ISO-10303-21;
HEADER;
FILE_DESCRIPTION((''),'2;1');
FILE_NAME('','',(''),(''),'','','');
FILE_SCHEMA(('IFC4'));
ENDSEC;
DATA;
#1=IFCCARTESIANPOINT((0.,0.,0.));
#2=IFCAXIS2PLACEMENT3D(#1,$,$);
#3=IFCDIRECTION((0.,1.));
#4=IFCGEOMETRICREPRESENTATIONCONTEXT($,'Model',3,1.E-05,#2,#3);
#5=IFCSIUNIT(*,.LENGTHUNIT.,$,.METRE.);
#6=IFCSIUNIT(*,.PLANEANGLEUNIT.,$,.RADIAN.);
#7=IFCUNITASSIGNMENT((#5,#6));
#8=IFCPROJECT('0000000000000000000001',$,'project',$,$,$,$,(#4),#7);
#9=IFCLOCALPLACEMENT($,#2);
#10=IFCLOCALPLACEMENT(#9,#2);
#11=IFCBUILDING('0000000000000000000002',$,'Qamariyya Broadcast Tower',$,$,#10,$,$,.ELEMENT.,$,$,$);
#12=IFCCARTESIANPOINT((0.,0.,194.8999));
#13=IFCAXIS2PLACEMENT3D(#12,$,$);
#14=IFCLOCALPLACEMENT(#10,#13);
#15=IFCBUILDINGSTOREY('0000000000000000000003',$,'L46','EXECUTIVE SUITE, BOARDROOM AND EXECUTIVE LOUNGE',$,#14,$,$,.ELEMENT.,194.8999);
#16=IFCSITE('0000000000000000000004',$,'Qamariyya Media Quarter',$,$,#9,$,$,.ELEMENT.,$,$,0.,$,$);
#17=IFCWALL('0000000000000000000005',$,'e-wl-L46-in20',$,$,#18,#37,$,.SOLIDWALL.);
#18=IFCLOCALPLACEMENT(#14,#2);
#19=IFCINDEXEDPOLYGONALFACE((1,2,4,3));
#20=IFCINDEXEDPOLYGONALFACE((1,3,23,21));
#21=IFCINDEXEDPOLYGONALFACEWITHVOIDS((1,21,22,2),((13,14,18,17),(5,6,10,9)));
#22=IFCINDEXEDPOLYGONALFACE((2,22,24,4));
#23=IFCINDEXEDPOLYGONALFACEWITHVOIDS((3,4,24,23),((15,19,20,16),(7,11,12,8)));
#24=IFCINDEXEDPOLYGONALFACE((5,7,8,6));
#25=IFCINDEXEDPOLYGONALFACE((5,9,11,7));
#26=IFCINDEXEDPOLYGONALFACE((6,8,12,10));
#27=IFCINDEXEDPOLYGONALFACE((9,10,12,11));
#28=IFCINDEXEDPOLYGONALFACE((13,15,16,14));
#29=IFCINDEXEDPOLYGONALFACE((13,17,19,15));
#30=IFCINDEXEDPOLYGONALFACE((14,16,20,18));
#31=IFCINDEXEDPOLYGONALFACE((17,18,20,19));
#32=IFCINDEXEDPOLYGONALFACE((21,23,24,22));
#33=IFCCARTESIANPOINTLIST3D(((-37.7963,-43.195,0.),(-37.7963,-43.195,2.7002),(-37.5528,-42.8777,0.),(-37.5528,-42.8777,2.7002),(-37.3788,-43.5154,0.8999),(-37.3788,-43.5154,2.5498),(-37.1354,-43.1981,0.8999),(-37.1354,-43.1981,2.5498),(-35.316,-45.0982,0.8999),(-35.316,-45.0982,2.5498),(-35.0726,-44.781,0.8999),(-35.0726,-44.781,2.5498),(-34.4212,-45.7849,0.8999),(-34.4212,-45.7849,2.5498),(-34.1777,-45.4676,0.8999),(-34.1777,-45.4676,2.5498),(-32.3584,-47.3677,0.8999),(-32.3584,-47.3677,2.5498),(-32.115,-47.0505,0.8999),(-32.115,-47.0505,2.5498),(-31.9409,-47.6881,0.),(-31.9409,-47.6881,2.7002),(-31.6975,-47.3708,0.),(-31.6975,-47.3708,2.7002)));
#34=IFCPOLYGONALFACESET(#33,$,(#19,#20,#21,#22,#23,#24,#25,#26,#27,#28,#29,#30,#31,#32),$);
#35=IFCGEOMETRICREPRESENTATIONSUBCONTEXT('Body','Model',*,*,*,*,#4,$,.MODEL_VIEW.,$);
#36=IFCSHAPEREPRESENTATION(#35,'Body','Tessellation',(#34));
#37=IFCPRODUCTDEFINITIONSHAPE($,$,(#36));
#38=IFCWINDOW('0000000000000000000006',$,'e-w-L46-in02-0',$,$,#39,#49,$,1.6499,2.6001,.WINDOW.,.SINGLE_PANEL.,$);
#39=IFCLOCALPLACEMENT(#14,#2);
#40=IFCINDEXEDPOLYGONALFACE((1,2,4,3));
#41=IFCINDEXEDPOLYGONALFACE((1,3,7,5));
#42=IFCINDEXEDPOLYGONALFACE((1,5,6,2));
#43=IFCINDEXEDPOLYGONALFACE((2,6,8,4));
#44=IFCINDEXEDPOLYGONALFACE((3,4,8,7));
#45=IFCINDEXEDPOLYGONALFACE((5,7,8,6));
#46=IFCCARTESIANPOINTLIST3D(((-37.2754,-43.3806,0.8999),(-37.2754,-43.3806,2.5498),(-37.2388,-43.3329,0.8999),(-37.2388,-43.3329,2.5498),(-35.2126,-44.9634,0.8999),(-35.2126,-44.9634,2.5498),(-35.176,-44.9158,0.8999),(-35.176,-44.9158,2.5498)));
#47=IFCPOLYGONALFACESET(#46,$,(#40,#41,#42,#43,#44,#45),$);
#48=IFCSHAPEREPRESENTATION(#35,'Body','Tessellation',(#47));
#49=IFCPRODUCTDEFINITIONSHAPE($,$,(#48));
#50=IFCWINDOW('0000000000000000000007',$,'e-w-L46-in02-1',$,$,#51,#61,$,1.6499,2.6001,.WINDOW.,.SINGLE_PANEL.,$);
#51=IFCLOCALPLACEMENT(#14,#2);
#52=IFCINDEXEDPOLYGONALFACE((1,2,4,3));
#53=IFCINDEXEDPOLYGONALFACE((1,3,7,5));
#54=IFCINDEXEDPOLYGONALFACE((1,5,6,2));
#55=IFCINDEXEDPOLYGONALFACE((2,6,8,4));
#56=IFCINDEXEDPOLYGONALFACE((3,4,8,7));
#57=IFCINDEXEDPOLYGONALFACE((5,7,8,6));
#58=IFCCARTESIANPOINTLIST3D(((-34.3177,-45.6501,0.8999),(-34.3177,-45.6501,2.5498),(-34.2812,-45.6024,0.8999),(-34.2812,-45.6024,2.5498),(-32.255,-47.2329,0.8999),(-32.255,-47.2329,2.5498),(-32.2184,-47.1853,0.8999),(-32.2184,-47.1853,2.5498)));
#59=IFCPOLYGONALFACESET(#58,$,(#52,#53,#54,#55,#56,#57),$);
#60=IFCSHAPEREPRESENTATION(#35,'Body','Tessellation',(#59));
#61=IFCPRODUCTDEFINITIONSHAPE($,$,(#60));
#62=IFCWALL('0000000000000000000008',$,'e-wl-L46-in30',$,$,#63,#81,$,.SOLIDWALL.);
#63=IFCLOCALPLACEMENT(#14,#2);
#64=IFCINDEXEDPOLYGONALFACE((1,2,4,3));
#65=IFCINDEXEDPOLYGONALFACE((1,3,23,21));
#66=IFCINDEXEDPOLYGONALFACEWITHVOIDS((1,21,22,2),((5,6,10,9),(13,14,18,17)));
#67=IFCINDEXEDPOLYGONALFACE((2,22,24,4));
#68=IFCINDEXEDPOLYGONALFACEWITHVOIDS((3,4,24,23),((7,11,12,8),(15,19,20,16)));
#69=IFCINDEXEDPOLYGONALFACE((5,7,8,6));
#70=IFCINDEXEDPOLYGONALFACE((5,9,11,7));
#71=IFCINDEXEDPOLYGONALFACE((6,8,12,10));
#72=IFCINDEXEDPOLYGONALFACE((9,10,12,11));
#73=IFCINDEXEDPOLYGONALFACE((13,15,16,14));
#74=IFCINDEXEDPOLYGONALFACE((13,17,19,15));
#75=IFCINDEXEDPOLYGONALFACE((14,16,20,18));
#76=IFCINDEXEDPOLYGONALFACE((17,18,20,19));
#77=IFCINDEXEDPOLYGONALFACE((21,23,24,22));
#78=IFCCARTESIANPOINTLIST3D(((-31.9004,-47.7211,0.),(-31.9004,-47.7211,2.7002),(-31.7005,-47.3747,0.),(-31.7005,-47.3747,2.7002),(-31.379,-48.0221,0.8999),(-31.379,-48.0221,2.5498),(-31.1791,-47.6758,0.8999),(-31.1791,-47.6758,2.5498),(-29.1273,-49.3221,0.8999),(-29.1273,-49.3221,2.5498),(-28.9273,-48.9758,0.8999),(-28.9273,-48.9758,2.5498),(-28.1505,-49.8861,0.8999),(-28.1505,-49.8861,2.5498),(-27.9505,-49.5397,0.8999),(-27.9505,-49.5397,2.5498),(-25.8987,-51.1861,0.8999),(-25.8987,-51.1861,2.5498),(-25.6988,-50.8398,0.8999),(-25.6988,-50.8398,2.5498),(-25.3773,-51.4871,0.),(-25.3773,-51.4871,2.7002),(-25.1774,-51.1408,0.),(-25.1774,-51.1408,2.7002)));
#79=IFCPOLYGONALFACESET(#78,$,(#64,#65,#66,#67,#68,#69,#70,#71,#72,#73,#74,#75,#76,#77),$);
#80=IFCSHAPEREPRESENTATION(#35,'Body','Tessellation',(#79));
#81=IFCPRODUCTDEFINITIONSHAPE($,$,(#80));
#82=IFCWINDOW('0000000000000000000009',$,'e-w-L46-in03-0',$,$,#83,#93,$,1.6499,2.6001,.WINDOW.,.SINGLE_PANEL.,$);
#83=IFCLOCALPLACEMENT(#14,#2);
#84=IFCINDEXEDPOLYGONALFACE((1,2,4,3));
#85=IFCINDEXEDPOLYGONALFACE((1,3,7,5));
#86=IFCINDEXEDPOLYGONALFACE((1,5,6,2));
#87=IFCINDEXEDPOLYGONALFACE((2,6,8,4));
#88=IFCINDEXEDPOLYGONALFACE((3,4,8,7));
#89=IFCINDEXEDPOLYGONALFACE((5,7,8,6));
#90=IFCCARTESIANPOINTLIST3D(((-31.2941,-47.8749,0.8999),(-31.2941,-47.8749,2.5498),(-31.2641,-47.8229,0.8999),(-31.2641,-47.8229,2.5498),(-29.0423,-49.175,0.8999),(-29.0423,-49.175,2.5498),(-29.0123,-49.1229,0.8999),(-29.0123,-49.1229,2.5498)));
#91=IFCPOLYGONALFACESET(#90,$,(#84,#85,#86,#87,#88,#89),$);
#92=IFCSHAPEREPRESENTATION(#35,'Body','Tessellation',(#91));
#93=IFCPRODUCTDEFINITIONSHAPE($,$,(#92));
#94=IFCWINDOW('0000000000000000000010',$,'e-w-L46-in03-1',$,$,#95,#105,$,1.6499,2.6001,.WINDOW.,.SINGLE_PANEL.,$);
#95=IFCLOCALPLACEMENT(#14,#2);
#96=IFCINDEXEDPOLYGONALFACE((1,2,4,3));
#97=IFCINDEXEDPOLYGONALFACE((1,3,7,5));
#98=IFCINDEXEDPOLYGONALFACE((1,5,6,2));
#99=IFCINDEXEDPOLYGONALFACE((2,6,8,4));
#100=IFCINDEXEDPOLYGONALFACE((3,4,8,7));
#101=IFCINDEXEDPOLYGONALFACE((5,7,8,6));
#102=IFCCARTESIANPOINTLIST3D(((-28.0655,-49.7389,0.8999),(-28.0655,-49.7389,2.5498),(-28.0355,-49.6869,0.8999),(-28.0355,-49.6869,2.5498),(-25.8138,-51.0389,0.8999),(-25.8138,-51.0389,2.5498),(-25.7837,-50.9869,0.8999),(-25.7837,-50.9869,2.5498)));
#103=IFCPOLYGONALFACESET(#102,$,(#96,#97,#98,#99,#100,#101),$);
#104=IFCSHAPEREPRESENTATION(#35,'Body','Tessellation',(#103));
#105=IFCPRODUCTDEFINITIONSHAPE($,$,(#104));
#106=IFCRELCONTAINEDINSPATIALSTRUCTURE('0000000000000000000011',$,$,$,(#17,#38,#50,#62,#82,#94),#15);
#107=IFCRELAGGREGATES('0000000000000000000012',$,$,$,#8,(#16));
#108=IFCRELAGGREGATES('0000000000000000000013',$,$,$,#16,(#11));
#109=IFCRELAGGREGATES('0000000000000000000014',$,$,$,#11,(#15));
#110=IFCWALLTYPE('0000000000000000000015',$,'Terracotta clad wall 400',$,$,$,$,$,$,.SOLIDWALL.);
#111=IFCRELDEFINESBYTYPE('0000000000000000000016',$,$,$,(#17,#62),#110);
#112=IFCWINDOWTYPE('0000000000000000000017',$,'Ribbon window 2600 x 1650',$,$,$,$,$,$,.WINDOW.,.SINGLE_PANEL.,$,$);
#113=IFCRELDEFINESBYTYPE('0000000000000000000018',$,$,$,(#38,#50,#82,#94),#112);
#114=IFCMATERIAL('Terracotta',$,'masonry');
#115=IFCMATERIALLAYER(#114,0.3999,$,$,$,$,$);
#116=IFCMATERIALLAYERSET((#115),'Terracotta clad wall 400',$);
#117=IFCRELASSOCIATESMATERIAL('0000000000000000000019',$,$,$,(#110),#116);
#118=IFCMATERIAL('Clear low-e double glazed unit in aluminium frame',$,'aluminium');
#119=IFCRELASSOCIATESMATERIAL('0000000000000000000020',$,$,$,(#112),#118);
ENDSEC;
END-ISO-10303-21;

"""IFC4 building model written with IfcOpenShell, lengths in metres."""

from ifc_helpers import new_model, si_unit, direction, frame, frame_2d, origin, place, context, subcontext, project, spatial, rectangle, extrude, material, layer, layer_set, type_object, element, fill, save


model = new_model("IFC4")

# Units and contexts
model_context = context("Model", 3, precision=1e-05, world=origin(), true_north=direction((0.0, 1.0)))
body_context = subcontext(model_context, "Body", "Model", "MODEL_VIEW")
ifc_project = project(units=[si_unit("LENGTHUNIT", "METRE"), si_unit("PLANEANGLEUNIT", "RADIAN")], contexts=[model_context])

# Site, building, storey
site_placement = place(None, origin())
site = spatial("IfcSite", under=ifc_project, at=site_placement, Name="Qamariyya Media Quarter", CompositionType="ELEMENT", RefElevation=0.0)
building_placement = place(site_placement, origin())
building = spatial("IfcBuilding", under=site, at=building_placement, Name="Qamariyya Broadcast Tower", CompositionType="ELEMENT")
storey_placement = place(building_placement, frame((0.0, 0.0, 194.8999)))
storey = spatial("IfcBuildingStorey", under=building, at=storey_placement, Name="L46", Description="EXECUTIVE SUITE, BOARDROOM AND EXECUTIVE LOUNGE", CompositionType="ELEMENT", Elevation=194.8999)

# Walls, openings, windows
ifc_material_1 = material(Name="Terracotta", Category="masonry")
ifc_layer_1 = layer(ifc_material_1, 0.3999)
ifc_layer_set_1 = layer_set([ifc_layer_1], Name="Terracotta clad wall 400")
wall_type_1 = type_object("IfcWallType", Name="Terracotta clad wall 400", PredefinedType="SOLIDWALL", material=ifc_layer_set_1)
wall_1_placement = place(storey_placement, frame((-31.8191, -47.5295, 0.0), z_axis=(0.0, 0.0, 1.0), x_axis=(-0.793346, 0.60877, 0.0)))
wall_1 = element("IfcWall", 1, at=wall_1_placement, inside=storey, type_object=wall_type_1, Name="e-wl-L46-in20", PredefinedType="SOLIDWALL", context=body_context, shape_type="SweptSolid", body=[
    extrude(rectangle(XDim=7.3806, YDim=0.3999, at=frame_2d((3.6904, 0.0))), origin(), (0.0, 0.0, 1.0), 2.7002),
])
opening_1_placement = place(wall_1_placement, frame((4.2544, 0.0, 0.8999)))
opening_1 = element("IfcOpeningElement", 2, at=opening_1_placement, cuts=wall_1, PredefinedType="OPENING", context=body_context, shape_type="SweptSolid", body=[
    extrude(rectangle(XDim=2.6001, YDim=1.6499, at=frame_2d((1.3, 0.825))), frame((0.0, 0.21, 0.0), z_axis=(0.0, -1.0, 0.0), x_axis=(1.0, 0.0, 0.0)), (0.0, 0.0, 1.0), 0.4199),
])
opening_2_placement = place(wall_1_placement, frame((0.5264, 0.0, 0.8999)))
opening_2 = element("IfcOpeningElement", 3, at=opening_2_placement, cuts=wall_1, PredefinedType="OPENING", context=body_context, shape_type="SweptSolid", body=[
    extrude(rectangle(XDim=2.6001, YDim=1.6499, at=frame_2d((1.3, 0.825))), frame((0.0, 0.21, 0.0), z_axis=(0.0, -1.0, 0.0), x_axis=(1.0, 0.0, 0.0)), (0.0, 0.0, 1.0), 0.4199),
])
ifc_material_2 = material(Name="Clear low-e double glazed unit in aluminium frame", Category="aluminium")
window_type = type_object("IfcWindowType", Name="Ribbon window 2600 x 1650", PartitioningType="SINGLE_PANEL", PredefinedType="WINDOW", material=ifc_material_2)
window_1_placement = place(opening_1_placement, origin())
window_1 = element("IfcWindow", 4, at=window_1_placement, inside=storey, type_object=window_type, Name="e-w-L46-in02-0", OverallHeight=1.6499, OverallWidth=2.6001, PartitioningType="SINGLE_PANEL", PredefinedType="WINDOW", context=body_context, shape_type="SweptSolid", body=[
    extrude(rectangle(XDim=2.6001, YDim=1.6499, at=frame_2d((1.3, 0.825))), frame((0.0, 0.03, 0.0), z_axis=(0.0, -1.0, 0.0), x_axis=(1.0, 0.0, 0.0)), (0.0, 0.0, 1.0), 0.0601),
])
fill(opening_1, window_1)
window_2_placement = place(opening_2_placement, origin())
window_2 = element("IfcWindow", 5, at=window_2_placement, inside=storey, type_object=window_type, Name="e-w-L46-in02-1", OverallHeight=1.6499, OverallWidth=2.6001, PartitioningType="SINGLE_PANEL", PredefinedType="WINDOW", context=body_context, shape_type="SweptSolid", body=[
    extrude(rectangle(XDim=2.6001, YDim=1.6499, at=frame_2d((1.3, 0.825))), frame((0.0, 0.03, 0.0), z_axis=(0.0, -1.0, 0.0), x_axis=(1.0, 0.0, 0.0)), (0.0, 0.0, 1.0), 0.0601),
])
fill(opening_2, window_2)
wall_2_placement = place(storey_placement, frame((-25.2773, -51.314, 0.0), z_axis=(0.0, 0.0, 1.0), x_axis=(-0.866029, 0.499995, 0.0)))
wall_2 = element("IfcWall", 6, at=wall_2_placement, inside=storey, type_object=wall_type_1, Name="e-wl-L46-in30", PredefinedType="SOLIDWALL", context=body_context, shape_type="SweptSolid", body=[
    extrude(rectangle(XDim=7.5322, YDim=0.3999, at=frame_2d((3.7661, 0.0))), origin(), (0.0, 0.0, 1.0), 2.7002),
])
opening_3_placement = place(wall_2_placement, frame((4.3301, 0.0, 0.8999)))
opening_3 = element("IfcOpeningElement", 7, at=opening_3_placement, cuts=wall_2, PredefinedType="OPENING", context=body_context, shape_type="SweptSolid", body=[
    extrude(rectangle(XDim=2.6001, YDim=1.6499, at=frame_2d((1.3, 0.825))), frame((0.0, 0.21, 0.0), z_axis=(0.0, -1.0, 0.0), x_axis=(1.0, 0.0, 0.0)), (0.0, 0.0, 1.0), 0.4199),
])
opening_4_placement = place(wall_2_placement, frame((0.6021, 0.0, 0.8999)))
opening_4 = element("IfcOpeningElement", 8, at=opening_4_placement, cuts=wall_2, PredefinedType="OPENING", context=body_context, shape_type="SweptSolid", body=[
    extrude(rectangle(XDim=2.6001, YDim=1.6499, at=frame_2d((1.3, 0.825))), frame((0.0, 0.21, 0.0), z_axis=(0.0, -1.0, 0.0), x_axis=(1.0, 0.0, 0.0)), (0.0, 0.0, 1.0), 0.4199),
])
window_3_placement = place(opening_3_placement, origin())
window_3 = element("IfcWindow", 9, at=window_3_placement, inside=storey, type_object=window_type, Name="e-w-L46-in03-0", OverallHeight=1.6499, OverallWidth=2.6001, PartitioningType="SINGLE_PANEL", PredefinedType="WINDOW", context=body_context, shape_type="SweptSolid", body=[
    extrude(rectangle(XDim=2.6001, YDim=1.6499, at=frame_2d((1.3, 0.825))), frame((0.0, 0.03, 0.0), z_axis=(0.0, -1.0, 0.0), x_axis=(1.0, 0.0, 0.0)), (0.0, 0.0, 1.0), 0.0601),
])
fill(opening_3, window_3)
window_4_placement = place(opening_4_placement, origin())
window_4 = element("IfcWindow", 10, at=window_4_placement, inside=storey, type_object=window_type, Name="e-w-L46-in03-1", OverallHeight=1.6499, OverallWidth=2.6001, PartitioningType="SINGLE_PANEL", PredefinedType="WINDOW", context=body_context, shape_type="SweptSolid", body=[
    extrude(rectangle(XDim=2.6001, YDim=1.6499, at=frame_2d((1.3, 0.825))), frame((0.0, 0.03, 0.0), z_axis=(0.0, -1.0, 0.0), x_axis=(1.0, 0.0, 0.0)), (0.0, 0.0, 1.0), 0.0601),
])
fill(opening_4, window_4)

save(model, "model.ifc")
